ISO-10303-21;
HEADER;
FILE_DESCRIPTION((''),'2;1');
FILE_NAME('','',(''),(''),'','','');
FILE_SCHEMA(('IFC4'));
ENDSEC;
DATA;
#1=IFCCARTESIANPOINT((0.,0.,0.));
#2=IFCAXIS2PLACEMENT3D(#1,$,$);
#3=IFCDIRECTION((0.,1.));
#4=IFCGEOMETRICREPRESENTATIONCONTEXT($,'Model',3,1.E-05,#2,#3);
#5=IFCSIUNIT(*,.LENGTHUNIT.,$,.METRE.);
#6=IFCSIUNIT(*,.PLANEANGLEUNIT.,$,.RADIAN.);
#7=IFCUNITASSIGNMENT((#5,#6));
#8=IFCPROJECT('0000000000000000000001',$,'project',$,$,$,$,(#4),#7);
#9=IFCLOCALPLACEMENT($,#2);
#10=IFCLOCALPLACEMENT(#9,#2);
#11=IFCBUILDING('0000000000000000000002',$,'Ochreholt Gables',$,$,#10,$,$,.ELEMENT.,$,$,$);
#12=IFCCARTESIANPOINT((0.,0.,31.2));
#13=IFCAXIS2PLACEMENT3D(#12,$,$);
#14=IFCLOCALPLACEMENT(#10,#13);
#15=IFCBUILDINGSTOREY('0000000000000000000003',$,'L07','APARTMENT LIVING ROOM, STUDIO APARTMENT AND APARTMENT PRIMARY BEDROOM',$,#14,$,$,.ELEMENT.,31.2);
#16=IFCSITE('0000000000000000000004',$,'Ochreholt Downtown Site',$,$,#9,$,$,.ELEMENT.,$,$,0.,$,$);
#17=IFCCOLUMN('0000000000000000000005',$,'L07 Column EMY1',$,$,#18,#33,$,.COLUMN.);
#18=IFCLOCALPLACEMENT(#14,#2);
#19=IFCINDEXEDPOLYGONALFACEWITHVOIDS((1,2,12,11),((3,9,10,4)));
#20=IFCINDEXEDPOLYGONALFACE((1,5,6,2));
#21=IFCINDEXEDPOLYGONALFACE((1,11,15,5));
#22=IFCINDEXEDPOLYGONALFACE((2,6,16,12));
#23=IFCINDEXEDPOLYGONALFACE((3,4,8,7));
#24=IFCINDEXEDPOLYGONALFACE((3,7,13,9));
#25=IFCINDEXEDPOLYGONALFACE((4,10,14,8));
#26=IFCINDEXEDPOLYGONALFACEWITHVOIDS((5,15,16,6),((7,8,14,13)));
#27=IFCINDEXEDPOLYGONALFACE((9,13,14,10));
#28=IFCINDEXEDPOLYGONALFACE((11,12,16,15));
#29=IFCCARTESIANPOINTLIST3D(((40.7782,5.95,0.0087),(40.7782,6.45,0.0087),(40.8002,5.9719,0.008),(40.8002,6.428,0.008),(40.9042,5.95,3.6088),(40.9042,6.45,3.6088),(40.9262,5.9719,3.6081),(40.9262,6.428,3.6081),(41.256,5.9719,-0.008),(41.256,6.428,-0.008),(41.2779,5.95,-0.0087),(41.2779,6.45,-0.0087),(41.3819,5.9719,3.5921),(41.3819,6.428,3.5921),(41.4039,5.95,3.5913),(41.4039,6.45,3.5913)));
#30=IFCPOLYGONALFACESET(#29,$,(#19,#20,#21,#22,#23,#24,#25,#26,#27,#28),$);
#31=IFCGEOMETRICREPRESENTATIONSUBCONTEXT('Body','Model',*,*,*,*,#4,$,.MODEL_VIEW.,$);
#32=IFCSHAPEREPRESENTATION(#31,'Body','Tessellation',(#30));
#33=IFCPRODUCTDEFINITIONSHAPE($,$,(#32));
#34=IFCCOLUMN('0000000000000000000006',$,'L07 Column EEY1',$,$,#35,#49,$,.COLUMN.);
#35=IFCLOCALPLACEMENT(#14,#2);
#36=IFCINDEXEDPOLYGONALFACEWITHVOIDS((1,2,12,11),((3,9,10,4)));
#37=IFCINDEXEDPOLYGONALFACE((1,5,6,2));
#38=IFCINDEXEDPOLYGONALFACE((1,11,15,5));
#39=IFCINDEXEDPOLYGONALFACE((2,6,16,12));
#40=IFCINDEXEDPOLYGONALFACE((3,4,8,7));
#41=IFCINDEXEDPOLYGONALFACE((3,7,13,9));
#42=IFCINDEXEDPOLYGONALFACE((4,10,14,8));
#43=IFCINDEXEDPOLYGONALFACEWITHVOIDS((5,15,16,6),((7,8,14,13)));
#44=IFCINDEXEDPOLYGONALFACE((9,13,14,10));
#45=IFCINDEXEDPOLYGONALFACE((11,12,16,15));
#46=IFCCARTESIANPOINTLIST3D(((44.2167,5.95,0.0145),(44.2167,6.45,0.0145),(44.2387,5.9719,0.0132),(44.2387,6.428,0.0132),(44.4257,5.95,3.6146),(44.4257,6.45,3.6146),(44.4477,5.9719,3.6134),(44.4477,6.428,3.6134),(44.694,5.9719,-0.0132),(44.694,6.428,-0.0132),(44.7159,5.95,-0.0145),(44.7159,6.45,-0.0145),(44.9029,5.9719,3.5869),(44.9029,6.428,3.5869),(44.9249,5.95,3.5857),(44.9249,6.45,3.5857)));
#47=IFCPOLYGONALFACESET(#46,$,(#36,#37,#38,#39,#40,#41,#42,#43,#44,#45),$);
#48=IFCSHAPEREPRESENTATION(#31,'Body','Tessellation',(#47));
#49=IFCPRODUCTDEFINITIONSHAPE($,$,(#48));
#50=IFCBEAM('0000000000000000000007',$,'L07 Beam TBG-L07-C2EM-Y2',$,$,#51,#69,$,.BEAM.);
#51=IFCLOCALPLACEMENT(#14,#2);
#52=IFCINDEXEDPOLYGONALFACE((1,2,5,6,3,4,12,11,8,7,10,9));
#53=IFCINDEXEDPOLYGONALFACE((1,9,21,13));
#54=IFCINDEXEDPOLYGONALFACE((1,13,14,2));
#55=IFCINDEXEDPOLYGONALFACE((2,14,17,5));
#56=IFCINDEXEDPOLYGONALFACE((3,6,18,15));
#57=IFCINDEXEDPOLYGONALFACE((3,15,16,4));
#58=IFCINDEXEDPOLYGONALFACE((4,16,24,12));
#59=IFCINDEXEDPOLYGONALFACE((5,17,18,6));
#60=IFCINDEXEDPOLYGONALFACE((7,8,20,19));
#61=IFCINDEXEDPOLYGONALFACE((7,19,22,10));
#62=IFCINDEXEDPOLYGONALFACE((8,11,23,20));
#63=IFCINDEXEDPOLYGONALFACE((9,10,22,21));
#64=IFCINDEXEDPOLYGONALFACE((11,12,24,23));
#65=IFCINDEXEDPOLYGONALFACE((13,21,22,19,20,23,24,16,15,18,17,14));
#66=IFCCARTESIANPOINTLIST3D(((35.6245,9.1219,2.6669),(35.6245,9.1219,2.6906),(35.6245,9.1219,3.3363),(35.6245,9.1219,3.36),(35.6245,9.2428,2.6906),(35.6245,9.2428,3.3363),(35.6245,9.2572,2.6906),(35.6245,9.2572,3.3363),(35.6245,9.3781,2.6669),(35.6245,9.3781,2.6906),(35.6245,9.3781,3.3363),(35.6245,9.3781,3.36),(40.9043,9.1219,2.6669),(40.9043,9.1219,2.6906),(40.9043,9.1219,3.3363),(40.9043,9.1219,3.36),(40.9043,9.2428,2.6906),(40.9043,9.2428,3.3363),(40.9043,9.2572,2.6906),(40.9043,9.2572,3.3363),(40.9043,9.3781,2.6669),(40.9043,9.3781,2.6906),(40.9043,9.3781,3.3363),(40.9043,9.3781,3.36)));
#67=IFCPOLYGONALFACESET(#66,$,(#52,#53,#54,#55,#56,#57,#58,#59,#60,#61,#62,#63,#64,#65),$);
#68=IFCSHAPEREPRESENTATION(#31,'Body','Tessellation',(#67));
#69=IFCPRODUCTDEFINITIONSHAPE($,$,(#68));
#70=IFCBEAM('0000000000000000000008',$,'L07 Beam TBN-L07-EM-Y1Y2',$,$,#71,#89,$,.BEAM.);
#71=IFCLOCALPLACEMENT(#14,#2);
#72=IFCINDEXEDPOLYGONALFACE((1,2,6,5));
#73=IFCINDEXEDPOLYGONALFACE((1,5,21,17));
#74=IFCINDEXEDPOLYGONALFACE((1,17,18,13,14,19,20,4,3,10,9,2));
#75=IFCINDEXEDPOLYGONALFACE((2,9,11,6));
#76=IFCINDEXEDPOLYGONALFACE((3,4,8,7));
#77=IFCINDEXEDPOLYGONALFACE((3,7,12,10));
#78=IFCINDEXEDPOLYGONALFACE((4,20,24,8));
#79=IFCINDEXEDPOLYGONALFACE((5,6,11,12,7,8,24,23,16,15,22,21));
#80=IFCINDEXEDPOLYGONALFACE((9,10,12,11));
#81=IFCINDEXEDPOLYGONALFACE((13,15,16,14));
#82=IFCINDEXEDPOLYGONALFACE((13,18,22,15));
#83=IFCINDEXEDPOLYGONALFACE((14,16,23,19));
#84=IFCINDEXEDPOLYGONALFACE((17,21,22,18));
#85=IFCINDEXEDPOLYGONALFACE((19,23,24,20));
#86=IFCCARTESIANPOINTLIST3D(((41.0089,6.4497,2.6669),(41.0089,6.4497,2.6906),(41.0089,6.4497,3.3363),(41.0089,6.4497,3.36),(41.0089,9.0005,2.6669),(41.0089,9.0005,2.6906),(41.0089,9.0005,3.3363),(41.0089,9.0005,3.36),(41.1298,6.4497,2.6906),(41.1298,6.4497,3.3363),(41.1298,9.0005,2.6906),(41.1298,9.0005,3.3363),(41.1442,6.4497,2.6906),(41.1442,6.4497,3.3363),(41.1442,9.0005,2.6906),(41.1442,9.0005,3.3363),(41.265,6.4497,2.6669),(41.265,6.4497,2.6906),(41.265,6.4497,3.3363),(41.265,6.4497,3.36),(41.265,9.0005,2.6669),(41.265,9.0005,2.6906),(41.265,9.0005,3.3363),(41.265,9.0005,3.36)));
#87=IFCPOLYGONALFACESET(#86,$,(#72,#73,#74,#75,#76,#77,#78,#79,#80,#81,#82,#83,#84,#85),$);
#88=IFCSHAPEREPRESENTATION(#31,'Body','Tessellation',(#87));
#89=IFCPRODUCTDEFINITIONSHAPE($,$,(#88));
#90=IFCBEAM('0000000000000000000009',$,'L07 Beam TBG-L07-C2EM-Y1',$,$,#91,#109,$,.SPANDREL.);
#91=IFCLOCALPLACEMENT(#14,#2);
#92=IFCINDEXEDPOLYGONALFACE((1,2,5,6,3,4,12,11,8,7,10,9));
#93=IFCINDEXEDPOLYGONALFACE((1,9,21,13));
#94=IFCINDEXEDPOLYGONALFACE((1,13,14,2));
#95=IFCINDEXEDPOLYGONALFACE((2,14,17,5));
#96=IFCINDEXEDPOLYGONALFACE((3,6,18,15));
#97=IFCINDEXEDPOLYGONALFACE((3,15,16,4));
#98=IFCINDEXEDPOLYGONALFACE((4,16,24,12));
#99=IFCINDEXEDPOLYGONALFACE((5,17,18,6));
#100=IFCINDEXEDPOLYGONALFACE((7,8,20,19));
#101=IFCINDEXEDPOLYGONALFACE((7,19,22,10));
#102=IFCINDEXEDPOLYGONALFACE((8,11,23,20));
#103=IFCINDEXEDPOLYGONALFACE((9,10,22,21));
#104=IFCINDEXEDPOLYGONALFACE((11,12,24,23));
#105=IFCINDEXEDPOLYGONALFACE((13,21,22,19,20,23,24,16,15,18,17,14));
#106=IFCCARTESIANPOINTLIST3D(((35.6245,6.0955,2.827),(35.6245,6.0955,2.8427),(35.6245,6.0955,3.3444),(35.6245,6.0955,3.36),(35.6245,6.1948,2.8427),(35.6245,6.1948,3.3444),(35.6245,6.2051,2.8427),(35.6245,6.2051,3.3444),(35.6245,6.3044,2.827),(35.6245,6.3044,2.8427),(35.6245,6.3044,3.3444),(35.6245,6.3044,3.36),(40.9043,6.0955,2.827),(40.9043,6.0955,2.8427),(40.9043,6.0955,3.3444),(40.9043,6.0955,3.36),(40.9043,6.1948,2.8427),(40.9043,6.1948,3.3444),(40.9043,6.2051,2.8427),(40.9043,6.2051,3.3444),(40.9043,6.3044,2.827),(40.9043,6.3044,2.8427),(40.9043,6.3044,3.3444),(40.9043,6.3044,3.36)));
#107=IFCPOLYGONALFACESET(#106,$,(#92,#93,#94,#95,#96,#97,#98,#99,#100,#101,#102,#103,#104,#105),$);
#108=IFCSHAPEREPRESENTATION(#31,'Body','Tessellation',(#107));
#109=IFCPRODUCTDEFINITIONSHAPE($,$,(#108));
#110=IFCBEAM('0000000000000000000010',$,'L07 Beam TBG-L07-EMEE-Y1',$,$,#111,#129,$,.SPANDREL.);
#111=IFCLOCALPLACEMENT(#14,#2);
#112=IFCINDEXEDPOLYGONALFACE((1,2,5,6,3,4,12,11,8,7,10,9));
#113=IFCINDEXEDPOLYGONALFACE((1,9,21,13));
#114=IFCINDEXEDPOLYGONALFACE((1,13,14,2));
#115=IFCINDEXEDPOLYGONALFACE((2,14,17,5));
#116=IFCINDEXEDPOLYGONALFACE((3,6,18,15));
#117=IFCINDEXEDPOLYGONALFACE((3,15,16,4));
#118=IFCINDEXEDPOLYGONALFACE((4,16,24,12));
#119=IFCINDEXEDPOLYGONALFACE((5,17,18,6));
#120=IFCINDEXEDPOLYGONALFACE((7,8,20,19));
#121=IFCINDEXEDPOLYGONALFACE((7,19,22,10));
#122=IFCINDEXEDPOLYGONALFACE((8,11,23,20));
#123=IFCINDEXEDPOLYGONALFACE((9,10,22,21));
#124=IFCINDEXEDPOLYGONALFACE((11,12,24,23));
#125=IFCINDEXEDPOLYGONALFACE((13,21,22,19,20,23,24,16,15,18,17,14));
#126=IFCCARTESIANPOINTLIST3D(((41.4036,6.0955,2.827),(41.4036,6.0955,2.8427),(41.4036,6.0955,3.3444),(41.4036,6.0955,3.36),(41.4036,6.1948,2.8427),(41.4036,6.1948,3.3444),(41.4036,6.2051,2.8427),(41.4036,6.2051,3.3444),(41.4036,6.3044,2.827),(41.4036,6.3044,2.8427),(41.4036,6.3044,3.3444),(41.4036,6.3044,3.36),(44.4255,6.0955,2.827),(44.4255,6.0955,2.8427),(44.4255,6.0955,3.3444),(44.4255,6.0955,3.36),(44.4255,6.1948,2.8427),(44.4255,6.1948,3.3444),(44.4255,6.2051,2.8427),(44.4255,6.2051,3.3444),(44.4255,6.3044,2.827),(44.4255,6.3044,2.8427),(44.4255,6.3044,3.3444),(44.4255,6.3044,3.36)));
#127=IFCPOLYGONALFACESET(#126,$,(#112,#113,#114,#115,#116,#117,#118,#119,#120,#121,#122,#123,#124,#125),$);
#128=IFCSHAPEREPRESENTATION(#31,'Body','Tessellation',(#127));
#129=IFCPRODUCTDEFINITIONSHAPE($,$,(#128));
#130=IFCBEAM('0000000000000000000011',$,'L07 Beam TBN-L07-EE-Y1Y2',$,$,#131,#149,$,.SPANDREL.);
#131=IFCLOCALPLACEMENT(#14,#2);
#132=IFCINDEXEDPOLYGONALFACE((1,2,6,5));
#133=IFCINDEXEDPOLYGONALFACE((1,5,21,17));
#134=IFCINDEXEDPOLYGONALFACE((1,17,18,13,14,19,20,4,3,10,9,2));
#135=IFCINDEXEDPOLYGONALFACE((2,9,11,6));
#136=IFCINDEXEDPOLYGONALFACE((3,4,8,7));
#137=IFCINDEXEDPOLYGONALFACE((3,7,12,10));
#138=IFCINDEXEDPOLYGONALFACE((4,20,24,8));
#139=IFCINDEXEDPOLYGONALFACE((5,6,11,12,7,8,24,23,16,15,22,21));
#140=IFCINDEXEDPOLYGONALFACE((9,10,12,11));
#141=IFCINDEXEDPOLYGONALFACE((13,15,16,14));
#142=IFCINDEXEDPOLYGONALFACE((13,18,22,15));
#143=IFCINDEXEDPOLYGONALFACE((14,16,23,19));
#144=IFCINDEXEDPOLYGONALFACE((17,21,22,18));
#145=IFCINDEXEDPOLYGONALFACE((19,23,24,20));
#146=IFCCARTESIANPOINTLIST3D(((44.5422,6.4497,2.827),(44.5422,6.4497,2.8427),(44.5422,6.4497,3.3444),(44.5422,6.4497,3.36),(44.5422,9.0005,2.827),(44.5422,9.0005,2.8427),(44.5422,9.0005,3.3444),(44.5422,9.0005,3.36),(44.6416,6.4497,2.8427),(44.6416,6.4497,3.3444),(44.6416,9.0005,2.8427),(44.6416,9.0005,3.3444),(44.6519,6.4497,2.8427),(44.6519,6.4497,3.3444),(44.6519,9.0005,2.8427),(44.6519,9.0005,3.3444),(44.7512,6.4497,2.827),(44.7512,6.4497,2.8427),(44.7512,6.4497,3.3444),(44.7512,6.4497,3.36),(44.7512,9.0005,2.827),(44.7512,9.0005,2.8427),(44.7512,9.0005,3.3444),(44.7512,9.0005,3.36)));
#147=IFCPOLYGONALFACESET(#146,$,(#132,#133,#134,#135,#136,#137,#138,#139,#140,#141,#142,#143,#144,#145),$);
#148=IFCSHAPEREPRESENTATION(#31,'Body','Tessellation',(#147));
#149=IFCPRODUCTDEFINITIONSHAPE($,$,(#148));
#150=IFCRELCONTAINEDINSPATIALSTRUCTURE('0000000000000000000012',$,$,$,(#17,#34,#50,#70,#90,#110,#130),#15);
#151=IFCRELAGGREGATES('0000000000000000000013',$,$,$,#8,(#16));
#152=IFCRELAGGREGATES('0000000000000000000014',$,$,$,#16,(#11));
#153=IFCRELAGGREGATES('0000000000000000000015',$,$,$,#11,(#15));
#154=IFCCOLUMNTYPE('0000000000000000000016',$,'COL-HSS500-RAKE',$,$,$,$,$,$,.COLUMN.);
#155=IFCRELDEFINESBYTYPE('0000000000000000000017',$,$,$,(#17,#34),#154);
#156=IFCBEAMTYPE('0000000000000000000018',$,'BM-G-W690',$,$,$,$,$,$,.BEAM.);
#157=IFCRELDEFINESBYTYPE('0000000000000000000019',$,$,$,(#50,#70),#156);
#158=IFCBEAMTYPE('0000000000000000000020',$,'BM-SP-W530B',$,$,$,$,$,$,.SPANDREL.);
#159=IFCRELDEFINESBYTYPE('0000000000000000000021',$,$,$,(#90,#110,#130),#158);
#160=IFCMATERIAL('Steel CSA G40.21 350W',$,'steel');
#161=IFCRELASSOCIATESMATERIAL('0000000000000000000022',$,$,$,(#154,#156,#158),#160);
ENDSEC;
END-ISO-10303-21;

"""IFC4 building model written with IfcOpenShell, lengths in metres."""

from ifc_helpers import new_model, si_unit, direction, frame, origin, origin_2d, place, context, subcontext, project, spatial, hollow_rectangle, i_section, extrude, material, material_profile, profile_set, type_object, element, save


model = new_model("IFC4")

# Units and contexts
model_context = context("Model", 3, precision=1e-05, world=origin(), true_north=direction((0.0, 1.0)))
body_context = subcontext(model_context, "Body", "Model", "MODEL_VIEW")
ifc_project = project(units=[si_unit("LENGTHUNIT", "METRE"), si_unit("PLANEANGLEUNIT", "RADIAN")], contexts=[model_context])

# Site, building, storey
site_placement = place(None, origin())
site = spatial("IfcSite", under=ifc_project, at=site_placement, Name="Ochreholt Downtown Site", CompositionType="ELEMENT", RefElevation=0.0)
building_placement = place(site_placement, origin())
building = spatial("IfcBuilding", under=site, at=building_placement, Name="Ochreholt Gables", CompositionType="ELEMENT")
storey_placement = place(building_placement, frame((0.0, 0.0, 31.2)))
storey = spatial("IfcBuildingStorey", under=building, at=storey_placement, Name="L07", Description="APARTMENT LIVING ROOM, STUDIO APARTMENT AND APARTMENT PRIMARY BEDROOM", CompositionType="ELEMENT", Elevation=31.2)

# Columns
ifc_material_1 = material(Name="Steel CSA G40.21 350W", Category="steel")
ifc_material_profile_1 = material_profile(ifc_material_1, hollow_rectangle(XDim=0.5, YDim=0.5, WallThickness=0.022, at=origin_2d()), Name="HSS500X500X22")
ifc_profile_set_1 = profile_set([ifc_material_profile_1], Name="Steel CSA G40.21 350W")
column_type = type_object("IfcColumnType", Name="COL-HSS500-RAKE", PredefinedType="COLUMN", material=ifc_profile_set_1)
column_1_placement = place(storey_placement, frame((41.0281, 6.2, 0.0), z_axis=(0.034971, 0.0, 0.999388), x_axis=(0.0, 1.0, 0.0)))
element("IfcColumn", 1, at=column_1_placement, inside=storey, type_object=column_type, Name="L07 Column EMY1", PredefinedType="COLUMN", context=body_context, shape_type="SweptSolid", body=[
    extrude(hollow_rectangle(XDim=0.5, YDim=0.5, WallThickness=0.022, at=origin_2d()), origin(), (0.0, 0.0, 1.0), 3.6023),
])
column_2_placement = place(storey_placement, frame((44.4663, 6.2, 0.0), z_axis=(0.057952, 0.0, 0.998319), x_axis=(0.0, 1.0, 0.0)))
element("IfcColumn", 2, at=column_2_placement, inside=storey, type_object=column_type, Name="L07 Column EEY1", PredefinedType="COLUMN", context=body_context, shape_type="SweptSolid", body=[
    extrude(hollow_rectangle(XDim=0.5, YDim=0.5, WallThickness=0.022, at=origin_2d()), origin(), (0.0, 0.0, 1.0), 3.6062),
])

# Beams
ifc_material_profile_2 = material_profile(ifc_material_1, i_section(OverallWidth=0.2561, OverallDepth=0.6931, WebThickness=0.0144, FlangeThickness=0.0237, at=origin_2d()), Name="W690X170")
ifc_profile_set_2 = profile_set([ifc_material_profile_2], Name="Steel CSA G40.21 350W")
beam_type_1 = type_object("IfcBeamType", Name="BM-G-W690", PredefinedType="BEAM", material=ifc_profile_set_2)
beam_1_placement = place(storey_placement, frame((35.6245, 9.25, 3.0134), z_axis=(1.0, 0.0, 0.0), x_axis=(0.0, 1.0, 0.0)))
element("IfcBeam", 3, at=beam_1_placement, inside=storey, type_object=beam_type_1, Name="L07 Beam TBG-L07-C2EM-Y2", PredefinedType="BEAM", context=body_context, shape_type="SweptSolid", body=[
    extrude(i_section(OverallWidth=0.2561, OverallDepth=0.6931, WebThickness=0.0144, FlangeThickness=0.0237, at=origin_2d()), origin(), (0.0, 0.0, 1.0), 5.2798),
])
beam_2_placement = place(storey_placement, frame((41.137, 6.4497, 3.0134), z_axis=(0.0, 1.0, 0.0), x_axis=(-1.0, 0.0, 0.0)))
element("IfcBeam", 4, at=beam_2_placement, inside=storey, type_object=beam_type_1, Name="L07 Beam TBN-L07-EM-Y1Y2", PredefinedType="BEAM", context=body_context, shape_type="SweptSolid", body=[
    extrude(i_section(OverallWidth=0.2561, OverallDepth=0.6931, WebThickness=0.0144, FlangeThickness=0.0237, at=origin_2d()), origin(), (0.0, 0.0, 1.0), 2.5508),
])
ifc_material_profile_3 = material_profile(ifc_material_1, i_section(OverallWidth=0.209, OverallDepth=0.533, WebThickness=0.0103, FlangeThickness=0.0156, at=origin_2d()), Name="W530X92")
ifc_profile_set_3 = profile_set([ifc_material_profile_3], Name="Steel CSA G40.21 350W")
beam_type_2 = type_object("IfcBeamType", Name="BM-SP-W530B", PredefinedType="SPANDREL", material=ifc_profile_set_3)
beam_3_placement = place(storey_placement, frame((35.6245, 6.2, 3.0935), z_axis=(1.0, 0.0, 0.0), x_axis=(0.0, 1.0, 0.0)))
element("IfcBeam", 5, at=beam_3_placement, inside=storey, type_object=beam_type_2, Name="L07 Beam TBG-L07-C2EM-Y1", PredefinedType="SPANDREL", context=body_context, shape_type="SweptSolid", body=[
    extrude(i_section(OverallWidth=0.209, OverallDepth=0.533, WebThickness=0.0103, FlangeThickness=0.0156, at=origin_2d()), origin(), (0.0, 0.0, 1.0), 5.2798),
])
beam_4_placement = place(storey_placement, frame((41.4036, 6.2, 3.0935), z_axis=(1.0, 0.0, 0.0), x_axis=(0.0, 1.0, 0.0)))
element("IfcBeam", 6, at=beam_4_placement, inside=storey, type_object=beam_type_2, Name="L07 Beam TBG-L07-EMEE-Y1", PredefinedType="SPANDREL", context=body_context, shape_type="SweptSolid", body=[
    extrude(i_section(OverallWidth=0.209, OverallDepth=0.533, WebThickness=0.0103, FlangeThickness=0.0156, at=origin_2d()), origin(), (0.0, 0.0, 1.0), 3.022),
])
beam_5_placement = place(storey_placement, frame((44.6467, 6.4497, 3.0935), z_axis=(0.0, 1.0, 0.0), x_axis=(-1.0, 0.0, 0.0)))
element("IfcBeam", 7, at=beam_5_placement, inside=storey, type_object=beam_type_2, Name="L07 Beam TBN-L07-EE-Y1Y2", PredefinedType="SPANDREL", context=body_context, shape_type="SweptSolid", body=[
    extrude(i_section(OverallWidth=0.209, OverallDepth=0.533, WebThickness=0.0103, FlangeThickness=0.0156, at=origin_2d()), origin(), (0.0, 0.0, 1.0), 2.5508),
])

save(model, "model.ifc")
